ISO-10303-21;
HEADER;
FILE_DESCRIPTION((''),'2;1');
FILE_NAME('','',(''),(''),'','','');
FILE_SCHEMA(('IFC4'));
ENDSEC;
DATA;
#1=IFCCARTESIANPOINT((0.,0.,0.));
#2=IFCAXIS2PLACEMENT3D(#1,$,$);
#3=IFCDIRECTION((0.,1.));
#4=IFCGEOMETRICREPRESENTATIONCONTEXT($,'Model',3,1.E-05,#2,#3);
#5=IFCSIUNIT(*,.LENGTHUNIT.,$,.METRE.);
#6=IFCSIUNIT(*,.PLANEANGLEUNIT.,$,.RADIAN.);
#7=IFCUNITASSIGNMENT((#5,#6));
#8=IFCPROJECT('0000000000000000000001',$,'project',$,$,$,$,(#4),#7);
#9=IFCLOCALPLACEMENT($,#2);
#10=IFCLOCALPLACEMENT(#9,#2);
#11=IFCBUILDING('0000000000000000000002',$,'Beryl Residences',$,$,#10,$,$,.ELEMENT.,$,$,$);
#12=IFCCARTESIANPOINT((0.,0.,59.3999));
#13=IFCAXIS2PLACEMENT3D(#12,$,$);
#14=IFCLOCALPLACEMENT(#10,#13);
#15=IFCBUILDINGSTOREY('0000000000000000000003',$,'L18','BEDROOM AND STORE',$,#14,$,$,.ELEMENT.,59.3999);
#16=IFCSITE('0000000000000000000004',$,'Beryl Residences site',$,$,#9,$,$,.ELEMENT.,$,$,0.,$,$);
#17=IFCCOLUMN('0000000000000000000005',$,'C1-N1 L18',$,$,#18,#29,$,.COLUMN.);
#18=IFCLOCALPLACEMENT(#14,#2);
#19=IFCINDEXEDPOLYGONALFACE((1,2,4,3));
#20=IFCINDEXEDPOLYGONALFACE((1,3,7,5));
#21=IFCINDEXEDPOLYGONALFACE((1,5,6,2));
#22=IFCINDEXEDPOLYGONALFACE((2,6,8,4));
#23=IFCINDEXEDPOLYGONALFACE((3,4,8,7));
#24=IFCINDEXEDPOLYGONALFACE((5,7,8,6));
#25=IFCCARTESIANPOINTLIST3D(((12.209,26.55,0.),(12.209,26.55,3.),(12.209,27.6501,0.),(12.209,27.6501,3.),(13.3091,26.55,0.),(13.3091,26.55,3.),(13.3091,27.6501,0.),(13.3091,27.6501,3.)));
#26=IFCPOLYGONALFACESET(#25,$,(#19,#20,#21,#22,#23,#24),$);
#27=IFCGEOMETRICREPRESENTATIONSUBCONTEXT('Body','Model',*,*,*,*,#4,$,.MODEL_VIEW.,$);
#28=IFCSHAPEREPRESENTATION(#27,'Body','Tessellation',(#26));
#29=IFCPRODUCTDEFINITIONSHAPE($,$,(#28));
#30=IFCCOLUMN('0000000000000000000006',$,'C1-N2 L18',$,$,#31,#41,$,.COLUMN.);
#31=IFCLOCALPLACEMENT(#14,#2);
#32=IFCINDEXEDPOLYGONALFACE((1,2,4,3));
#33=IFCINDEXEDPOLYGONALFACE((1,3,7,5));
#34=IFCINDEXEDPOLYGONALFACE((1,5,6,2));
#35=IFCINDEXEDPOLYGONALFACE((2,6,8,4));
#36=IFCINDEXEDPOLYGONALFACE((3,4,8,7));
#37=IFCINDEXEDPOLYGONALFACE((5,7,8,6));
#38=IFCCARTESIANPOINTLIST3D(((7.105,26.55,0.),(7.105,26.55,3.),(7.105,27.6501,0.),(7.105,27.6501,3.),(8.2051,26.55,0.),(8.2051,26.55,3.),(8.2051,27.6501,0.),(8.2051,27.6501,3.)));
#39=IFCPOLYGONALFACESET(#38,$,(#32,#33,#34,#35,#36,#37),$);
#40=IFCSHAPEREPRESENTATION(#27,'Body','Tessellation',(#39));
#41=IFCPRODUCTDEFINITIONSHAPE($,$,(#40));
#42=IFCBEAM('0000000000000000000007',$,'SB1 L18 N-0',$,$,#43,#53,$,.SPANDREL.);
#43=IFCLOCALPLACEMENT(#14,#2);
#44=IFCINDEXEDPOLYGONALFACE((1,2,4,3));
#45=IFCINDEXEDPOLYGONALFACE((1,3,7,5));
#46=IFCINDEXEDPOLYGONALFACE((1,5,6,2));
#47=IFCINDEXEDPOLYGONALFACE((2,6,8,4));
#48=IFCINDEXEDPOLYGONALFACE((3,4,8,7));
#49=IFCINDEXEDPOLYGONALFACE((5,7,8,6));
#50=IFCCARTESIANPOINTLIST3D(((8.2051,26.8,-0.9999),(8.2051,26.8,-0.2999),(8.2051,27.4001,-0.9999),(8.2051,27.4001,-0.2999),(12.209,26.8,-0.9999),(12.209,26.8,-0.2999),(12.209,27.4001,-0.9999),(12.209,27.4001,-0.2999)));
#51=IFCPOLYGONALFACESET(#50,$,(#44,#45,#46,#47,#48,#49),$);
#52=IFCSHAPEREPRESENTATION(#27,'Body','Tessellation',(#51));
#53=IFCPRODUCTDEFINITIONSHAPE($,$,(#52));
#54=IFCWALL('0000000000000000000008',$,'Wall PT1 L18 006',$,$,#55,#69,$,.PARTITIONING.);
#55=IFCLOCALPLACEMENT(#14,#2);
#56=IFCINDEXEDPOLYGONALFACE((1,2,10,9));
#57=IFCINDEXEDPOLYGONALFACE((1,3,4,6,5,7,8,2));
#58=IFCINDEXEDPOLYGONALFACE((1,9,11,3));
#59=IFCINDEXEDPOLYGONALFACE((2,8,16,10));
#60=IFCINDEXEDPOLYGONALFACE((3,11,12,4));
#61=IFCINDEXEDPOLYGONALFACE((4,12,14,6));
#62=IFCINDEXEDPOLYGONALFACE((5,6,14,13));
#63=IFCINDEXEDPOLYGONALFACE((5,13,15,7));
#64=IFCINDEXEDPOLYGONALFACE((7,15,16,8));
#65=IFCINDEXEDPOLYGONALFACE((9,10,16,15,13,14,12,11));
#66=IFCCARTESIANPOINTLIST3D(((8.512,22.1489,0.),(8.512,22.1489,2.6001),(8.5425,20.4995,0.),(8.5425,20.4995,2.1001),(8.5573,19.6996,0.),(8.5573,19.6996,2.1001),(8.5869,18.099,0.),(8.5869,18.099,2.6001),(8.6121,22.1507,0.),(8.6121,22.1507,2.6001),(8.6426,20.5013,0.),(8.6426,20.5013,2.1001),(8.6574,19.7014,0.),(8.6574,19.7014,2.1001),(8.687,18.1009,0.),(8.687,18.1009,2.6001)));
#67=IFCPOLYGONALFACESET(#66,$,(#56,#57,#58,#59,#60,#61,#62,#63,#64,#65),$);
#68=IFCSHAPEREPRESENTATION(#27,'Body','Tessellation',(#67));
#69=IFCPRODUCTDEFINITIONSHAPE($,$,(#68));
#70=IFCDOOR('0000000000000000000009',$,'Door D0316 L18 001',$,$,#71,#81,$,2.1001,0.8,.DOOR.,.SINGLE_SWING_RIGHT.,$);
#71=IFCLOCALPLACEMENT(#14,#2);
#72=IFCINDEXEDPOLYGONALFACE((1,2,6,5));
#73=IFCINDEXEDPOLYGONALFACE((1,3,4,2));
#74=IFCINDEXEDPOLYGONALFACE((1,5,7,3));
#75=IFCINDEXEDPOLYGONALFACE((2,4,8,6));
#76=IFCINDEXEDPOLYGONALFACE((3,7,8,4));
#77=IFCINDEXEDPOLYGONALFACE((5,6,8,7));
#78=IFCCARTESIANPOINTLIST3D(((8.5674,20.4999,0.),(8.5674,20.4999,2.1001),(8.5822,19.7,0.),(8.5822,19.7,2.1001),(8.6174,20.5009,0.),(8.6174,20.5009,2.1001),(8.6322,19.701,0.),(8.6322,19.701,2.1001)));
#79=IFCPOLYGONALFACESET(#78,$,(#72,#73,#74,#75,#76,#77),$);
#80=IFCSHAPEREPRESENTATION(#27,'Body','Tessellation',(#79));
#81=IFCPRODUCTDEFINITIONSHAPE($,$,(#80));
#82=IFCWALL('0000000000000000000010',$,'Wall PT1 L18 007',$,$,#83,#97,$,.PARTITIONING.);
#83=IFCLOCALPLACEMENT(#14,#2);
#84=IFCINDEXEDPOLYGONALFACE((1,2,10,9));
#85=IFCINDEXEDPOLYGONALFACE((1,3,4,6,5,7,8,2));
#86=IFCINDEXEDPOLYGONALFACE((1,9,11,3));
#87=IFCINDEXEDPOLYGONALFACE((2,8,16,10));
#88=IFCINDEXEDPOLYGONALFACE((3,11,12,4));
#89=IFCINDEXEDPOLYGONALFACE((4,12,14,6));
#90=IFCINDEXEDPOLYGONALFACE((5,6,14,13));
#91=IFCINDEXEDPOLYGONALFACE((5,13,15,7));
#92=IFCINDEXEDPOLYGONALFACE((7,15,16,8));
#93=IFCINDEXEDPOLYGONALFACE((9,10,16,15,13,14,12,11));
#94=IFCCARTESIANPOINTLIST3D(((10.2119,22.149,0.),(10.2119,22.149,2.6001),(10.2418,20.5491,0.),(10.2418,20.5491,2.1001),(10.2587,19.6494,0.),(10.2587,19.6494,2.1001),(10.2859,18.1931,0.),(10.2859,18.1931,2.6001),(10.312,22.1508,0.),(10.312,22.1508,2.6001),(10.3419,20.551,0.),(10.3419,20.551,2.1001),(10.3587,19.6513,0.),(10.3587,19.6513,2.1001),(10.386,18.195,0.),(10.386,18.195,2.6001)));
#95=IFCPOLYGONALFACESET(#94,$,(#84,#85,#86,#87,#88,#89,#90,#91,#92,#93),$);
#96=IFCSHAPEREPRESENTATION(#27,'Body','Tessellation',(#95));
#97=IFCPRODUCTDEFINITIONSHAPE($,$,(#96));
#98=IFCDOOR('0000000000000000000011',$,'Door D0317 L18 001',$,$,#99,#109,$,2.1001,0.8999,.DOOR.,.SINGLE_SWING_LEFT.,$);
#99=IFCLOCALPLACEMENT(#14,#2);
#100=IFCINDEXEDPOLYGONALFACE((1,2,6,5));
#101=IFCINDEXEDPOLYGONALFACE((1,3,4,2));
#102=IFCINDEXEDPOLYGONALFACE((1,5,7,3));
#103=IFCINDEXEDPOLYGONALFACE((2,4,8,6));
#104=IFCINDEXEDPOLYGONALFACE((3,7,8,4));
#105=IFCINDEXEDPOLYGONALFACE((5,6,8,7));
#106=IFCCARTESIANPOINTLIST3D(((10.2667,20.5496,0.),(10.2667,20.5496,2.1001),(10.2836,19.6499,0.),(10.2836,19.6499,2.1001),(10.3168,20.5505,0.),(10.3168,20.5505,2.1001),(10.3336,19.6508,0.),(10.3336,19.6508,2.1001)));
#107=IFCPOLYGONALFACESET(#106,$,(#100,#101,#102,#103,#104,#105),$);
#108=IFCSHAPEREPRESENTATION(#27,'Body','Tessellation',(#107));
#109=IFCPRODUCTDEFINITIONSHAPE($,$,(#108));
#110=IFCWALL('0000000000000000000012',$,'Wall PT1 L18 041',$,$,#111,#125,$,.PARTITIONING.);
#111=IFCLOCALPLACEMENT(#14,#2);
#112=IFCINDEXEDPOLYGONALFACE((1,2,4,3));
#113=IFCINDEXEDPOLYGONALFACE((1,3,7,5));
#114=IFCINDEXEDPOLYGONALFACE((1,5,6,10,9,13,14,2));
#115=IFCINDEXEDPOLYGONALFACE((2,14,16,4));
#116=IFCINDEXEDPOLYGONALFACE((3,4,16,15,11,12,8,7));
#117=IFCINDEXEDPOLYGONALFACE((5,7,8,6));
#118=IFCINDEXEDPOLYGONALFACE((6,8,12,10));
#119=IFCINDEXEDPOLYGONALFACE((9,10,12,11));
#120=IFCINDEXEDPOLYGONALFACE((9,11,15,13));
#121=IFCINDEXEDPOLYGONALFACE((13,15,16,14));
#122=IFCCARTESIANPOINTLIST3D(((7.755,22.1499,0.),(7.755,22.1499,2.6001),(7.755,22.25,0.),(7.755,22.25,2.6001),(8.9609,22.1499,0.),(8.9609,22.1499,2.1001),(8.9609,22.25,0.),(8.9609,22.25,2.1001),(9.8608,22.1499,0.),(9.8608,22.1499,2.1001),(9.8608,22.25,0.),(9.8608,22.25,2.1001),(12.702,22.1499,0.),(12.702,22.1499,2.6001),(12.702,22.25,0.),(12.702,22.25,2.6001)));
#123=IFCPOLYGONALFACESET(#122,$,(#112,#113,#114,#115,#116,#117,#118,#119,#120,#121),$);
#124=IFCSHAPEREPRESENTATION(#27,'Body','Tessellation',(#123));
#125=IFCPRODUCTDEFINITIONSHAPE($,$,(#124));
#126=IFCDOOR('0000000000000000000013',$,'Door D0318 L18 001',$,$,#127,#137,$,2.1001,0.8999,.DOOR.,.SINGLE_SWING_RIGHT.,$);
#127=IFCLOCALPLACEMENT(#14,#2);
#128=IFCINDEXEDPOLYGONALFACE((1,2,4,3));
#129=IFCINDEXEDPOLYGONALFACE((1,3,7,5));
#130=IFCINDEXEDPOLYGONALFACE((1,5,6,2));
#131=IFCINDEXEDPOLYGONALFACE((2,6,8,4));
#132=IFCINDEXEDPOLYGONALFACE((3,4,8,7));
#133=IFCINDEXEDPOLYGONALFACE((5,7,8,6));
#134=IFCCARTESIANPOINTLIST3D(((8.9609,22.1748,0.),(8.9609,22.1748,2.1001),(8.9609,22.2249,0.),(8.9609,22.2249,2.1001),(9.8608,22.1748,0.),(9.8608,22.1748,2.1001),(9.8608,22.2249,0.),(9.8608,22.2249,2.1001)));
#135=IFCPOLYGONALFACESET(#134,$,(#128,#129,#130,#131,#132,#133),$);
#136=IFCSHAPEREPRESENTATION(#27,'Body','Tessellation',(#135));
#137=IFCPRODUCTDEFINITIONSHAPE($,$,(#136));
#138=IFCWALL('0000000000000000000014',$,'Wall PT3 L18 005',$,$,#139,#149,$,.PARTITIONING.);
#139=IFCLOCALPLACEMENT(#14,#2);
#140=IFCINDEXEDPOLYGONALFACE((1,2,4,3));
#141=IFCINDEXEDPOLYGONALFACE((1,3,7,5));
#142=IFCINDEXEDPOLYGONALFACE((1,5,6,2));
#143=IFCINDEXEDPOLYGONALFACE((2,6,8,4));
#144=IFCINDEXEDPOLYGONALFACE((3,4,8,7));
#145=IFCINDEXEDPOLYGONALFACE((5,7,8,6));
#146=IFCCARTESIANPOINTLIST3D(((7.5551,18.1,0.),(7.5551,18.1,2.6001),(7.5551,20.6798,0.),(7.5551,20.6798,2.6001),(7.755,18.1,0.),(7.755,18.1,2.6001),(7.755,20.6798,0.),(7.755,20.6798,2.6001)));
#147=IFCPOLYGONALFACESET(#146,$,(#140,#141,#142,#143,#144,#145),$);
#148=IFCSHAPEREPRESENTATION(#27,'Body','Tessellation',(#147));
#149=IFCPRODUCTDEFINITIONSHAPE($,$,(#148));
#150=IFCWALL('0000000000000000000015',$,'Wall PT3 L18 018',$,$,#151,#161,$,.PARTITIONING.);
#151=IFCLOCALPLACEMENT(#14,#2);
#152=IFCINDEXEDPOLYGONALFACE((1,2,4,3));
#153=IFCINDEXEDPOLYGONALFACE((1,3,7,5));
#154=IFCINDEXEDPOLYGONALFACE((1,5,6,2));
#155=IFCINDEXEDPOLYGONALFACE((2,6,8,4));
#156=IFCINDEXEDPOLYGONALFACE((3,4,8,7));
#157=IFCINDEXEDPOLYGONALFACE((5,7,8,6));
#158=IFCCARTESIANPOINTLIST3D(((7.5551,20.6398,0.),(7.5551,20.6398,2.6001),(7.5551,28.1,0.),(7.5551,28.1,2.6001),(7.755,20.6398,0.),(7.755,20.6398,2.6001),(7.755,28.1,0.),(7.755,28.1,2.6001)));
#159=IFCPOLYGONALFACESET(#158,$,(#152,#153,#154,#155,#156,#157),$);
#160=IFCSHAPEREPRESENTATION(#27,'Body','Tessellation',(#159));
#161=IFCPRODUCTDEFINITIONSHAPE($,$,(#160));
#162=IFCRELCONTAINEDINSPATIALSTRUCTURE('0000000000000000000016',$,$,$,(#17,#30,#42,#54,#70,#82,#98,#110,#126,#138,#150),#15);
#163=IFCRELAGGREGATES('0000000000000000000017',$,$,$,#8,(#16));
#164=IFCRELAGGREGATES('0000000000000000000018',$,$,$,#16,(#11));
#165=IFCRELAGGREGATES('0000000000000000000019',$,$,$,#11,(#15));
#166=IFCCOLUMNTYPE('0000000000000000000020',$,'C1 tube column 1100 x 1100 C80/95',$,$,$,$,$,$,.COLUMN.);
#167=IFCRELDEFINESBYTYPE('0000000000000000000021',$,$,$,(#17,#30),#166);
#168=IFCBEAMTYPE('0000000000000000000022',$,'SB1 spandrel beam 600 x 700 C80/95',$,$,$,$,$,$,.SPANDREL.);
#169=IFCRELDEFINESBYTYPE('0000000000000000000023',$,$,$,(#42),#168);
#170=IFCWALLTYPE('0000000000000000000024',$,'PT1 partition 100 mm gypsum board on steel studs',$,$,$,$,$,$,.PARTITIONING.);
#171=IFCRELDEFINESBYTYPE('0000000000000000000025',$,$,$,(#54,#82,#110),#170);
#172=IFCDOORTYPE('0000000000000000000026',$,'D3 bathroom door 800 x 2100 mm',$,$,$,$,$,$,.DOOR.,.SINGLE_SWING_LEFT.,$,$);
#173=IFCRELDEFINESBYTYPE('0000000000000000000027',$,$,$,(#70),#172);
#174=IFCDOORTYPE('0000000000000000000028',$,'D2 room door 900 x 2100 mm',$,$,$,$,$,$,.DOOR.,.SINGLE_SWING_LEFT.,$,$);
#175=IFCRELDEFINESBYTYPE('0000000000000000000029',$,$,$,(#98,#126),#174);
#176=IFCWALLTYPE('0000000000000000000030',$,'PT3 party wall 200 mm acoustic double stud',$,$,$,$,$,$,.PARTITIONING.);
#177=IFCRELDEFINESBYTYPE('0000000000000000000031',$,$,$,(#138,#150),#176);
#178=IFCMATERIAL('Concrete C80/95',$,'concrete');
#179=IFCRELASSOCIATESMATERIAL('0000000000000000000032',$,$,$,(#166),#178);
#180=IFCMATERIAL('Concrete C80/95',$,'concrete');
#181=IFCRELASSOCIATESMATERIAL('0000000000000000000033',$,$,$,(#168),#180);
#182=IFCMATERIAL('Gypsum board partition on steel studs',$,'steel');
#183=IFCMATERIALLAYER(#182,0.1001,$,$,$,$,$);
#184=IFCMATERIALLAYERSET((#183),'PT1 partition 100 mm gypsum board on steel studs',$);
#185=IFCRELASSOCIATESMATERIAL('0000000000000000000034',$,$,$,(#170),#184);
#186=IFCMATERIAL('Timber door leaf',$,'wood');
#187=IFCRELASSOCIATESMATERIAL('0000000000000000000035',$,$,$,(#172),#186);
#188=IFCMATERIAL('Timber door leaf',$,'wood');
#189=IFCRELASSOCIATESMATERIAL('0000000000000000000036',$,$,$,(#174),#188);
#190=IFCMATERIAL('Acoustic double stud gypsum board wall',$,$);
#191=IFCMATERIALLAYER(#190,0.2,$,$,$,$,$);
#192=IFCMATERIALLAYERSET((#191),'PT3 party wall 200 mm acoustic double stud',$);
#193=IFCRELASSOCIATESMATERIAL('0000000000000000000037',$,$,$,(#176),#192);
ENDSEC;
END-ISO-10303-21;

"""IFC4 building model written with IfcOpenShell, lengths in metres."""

from ifc_helpers import new_model, si_unit, direction, frame, frame_2d, origin, origin_2d, place, context, subcontext, project, spatial, rectangle, extrude, material, layer, layer_set, material_profile, profile_set, type_object, element, fill, save


model = new_model("IFC4")

# Units and contexts
model_context = context("Model", 3, precision=1e-05, world=origin(), true_north=direction((0.0, 1.0)))
body_context = subcontext(model_context, "Body", "Model", "MODEL_VIEW")
ifc_project = project(units=[si_unit("LENGTHUNIT", "METRE"), si_unit("PLANEANGLEUNIT", "RADIAN")], contexts=[model_context])

# Site, building, storey
site_placement = place(None, origin())
site = spatial("IfcSite", under=ifc_project, at=site_placement, Name="Beryl Residences site", CompositionType="ELEMENT", RefElevation=0.0)
building_placement = place(site_placement, origin())
building = spatial("IfcBuilding", under=site, at=building_placement, Name="Beryl Residences", CompositionType="ELEMENT")
storey_placement = place(building_placement, frame((0.0, 0.0, 59.3999)))
storey = spatial("IfcBuildingStorey", under=building, at=storey_placement, Name="L18", Description="BEDROOM AND STORE", CompositionType="ELEMENT", Elevation=59.3999)

# Columns
ifc_material_1 = material(Name="Concrete C80/95", Category="concrete")
ifc_material_profile_1 = material_profile(ifc_material_1, rectangle(XDim=1.1001, YDim=1.1001, at=origin_2d()))
ifc_profile_set_1 = profile_set([ifc_material_profile_1], Name="Concrete C80/95")
column_type = type_object("IfcColumnType", Name="C1 tube column 1100 x 1100 C80/95", PredefinedType="COLUMN", material=ifc_profile_set_1)
for number, where, z_axis, x_axis, name in (
    (1, (12.759, 27.1001, 0.0), (0.0, 0.0, 1.0), (-1.0, 0.0, 0.0), "C1-N1 L18"),
    (2, (7.655, 27.1001, 0.0), (0.0, 0.0, 1.0), (-1.0, 0.0, 0.0), "C1-N2 L18"),
):
    element("IfcColumn", number, at=place(storey_placement, frame(where, z_axis=z_axis, x_axis=x_axis)), inside=storey, type_object=column_type, Name=name, PredefinedType="COLUMN", context=body_context, shape_type="SweptSolid", body=[
        extrude(rectangle(XDim=1.1001, YDim=1.1001, at=origin_2d()), origin(), (0.0, 0.0, 1.0), 3.0),
    ])

# Beam
ifc_material_2 = material(Name="Concrete C80/95", Category="concrete")
ifc_material_profile_2 = material_profile(ifc_material_2, rectangle(XDim=0.6001, YDim=0.7, at=origin_2d()))
ifc_profile_set_2 = profile_set([ifc_material_profile_2], Name="Concrete C80/95")
beam_type = type_object("IfcBeamType", Name="SB1 spandrel beam 600 x 700 C80/95", PredefinedType="SPANDREL", material=ifc_profile_set_2)
beam_placement = place(storey_placement, frame((12.209, 27.1001, -0.6499), z_axis=(-1.0, 0.0, 0.0), x_axis=(0.0, -1.0, 0.0)))
element("IfcBeam", 3, at=beam_placement, inside=storey, type_object=beam_type, Name="SB1 L18 N-0", PredefinedType="SPANDREL", context=body_context, shape_type="SweptSolid", body=[
    extrude(rectangle(XDim=0.6001, YDim=0.7, at=origin_2d()), origin(), (0.0, 0.0, 1.0), 4.0039),
])

# Walls, openings, doors
ifc_material_3 = material(Name="Gypsum board partition on steel studs", Category="steel")
ifc_layer_1 = layer(ifc_material_3, 0.1001)
ifc_layer_set_1 = layer_set([ifc_layer_1], Name="PT1 partition 100 mm gypsum board on steel studs")
wall_type_1 = type_object("IfcWallType", Name="PT1 partition 100 mm gypsum board on steel studs", PredefinedType="PARTITIONING", material=ifc_layer_set_1)
wall_1_placement = place(storey_placement, frame((8.562, 22.1499, 0.0), z_axis=(0.0, 0.0, 1.0), x_axis=(0.018504, -0.999829, 0.0)))
wall_1 = element("IfcWall", 4, at=wall_1_placement, inside=storey, type_object=wall_type_1, Name="Wall PT1 L18 006", PredefinedType="PARTITIONING", context=body_context, shape_type="SweptSolid", body=[
    extrude(rectangle(XDim=4.0505, YDim=0.1001, at=frame_2d((2.0254, 0.0))), origin(), (0.0, 0.0, 1.0), 2.6001),
])
opening_1_placement = place(wall_1_placement, frame((1.6499, 0.0, 0.0)))
opening_1 = element("IfcOpeningElement", 5, at=opening_1_placement, cuts=wall_1, PredefinedType="OPENING", context=body_context, shape_type="SweptSolid", body=[
    extrude(rectangle(XDim=0.8, YDim=2.1001, at=frame_2d((0.3999, 1.05))), frame((0.0, 0.0601, 0.0), z_axis=(0.0, -1.0, 0.0), x_axis=(1.0, 0.0, 0.0)), (0.0, 0.0, 1.0), 0.1201),
])
ifc_material_4 = material(Name="Timber door leaf", Category="wood")
door_type_1 = type_object("IfcDoorType", Name="D3 bathroom door 800 x 2100 mm", OperationType="SINGLE_SWING_LEFT", PredefinedType="DOOR", material=ifc_material_4)
door_1_placement = place(opening_1_placement, origin())
door_1 = element("IfcDoor", 6, at=door_1_placement, inside=storey, type_object=door_type_1, Name="Door D0316 L18 001", OperationType="SINGLE_SWING_RIGHT", OverallHeight=2.1001, OverallWidth=0.8, PredefinedType="DOOR", context=body_context, shape_type="SweptSolid", body=[
    extrude(rectangle(XDim=0.8, YDim=2.1001, at=frame_2d((0.3999, 1.05))), frame((0.0, 0.0249, 0.0), z_axis=(0.0, -1.0, 0.0), x_axis=(1.0, 0.0, 0.0)), (0.0, 0.0, 1.0), 0.05),
])
fill(opening_1, door_1)
wall_2_placement = place(storey_placement, frame((10.262, 22.1499, 0.0), z_axis=(0.0, 0.0, 1.0), x_axis=(0.018697, -0.999825, 0.0)))
wall_2 = element("IfcWall", 7, at=wall_2_placement, inside=storey, type_object=wall_type_1, Name="Wall PT1 L18 007", PredefinedType="PARTITIONING", context=body_context, shape_type="SweptSolid", body=[
    extrude(rectangle(XDim=3.9565, YDim=0.1001, at=frame_2d((1.9783, 0.0))), origin(), (0.0, 0.0, 1.0), 2.6001),
])
opening_2_placement = place(wall_2_placement, frame((1.6001, 0.0, 0.0)))
opening_2 = element("IfcOpeningElement", 8, at=opening_2_placement, cuts=wall_2, PredefinedType="OPENING", context=body_context, shape_type="SweptSolid", body=[
    extrude(rectangle(XDim=0.8999, YDim=2.1001, at=frame_2d((0.45, 1.05))), frame((0.0, 0.0601, 0.0), z_axis=(0.0, -1.0, 0.0), x_axis=(1.0, 0.0, 0.0)), (0.0, 0.0, 1.0), 0.1201),
])
ifc_material_5 = material(Name="Timber door leaf", Category="wood")
door_type_2 = type_object("IfcDoorType", Name="D2 room door 900 x 2100 mm", OperationType="SINGLE_SWING_LEFT", PredefinedType="DOOR", material=ifc_material_5)
door_2_placement = place(opening_2_placement, origin())
door_2 = element("IfcDoor", 9, at=door_2_placement, inside=storey, type_object=door_type_2, Name="Door D0317 L18 001", OperationType="SINGLE_SWING_LEFT", OverallHeight=2.1001, OverallWidth=0.8999, PredefinedType="DOOR", context=body_context, shape_type="SweptSolid", body=[
    extrude(rectangle(XDim=0.8999, YDim=2.1001, at=frame_2d((0.45, 1.05))), frame((0.0, 0.0249, 0.0), z_axis=(0.0, -1.0, 0.0), x_axis=(1.0, 0.0, 0.0)), (0.0, 0.0, 1.0), 0.05),
])
fill(opening_2, door_2)
wall_3_placement = place(storey_placement, frame((7.7549, 22.2, 0.0), z_axis=(0.0, 0.0, 1.0), x_axis=(1.0, 0.0, 0.0)))
wall_3 = element("IfcWall", 10, at=wall_3_placement, inside=storey, type_object=wall_type_1, Name="Wall PT1 L18 041", PredefinedType="PARTITIONING", context=body_context, shape_type="SweptSolid", body=[
    extrude(rectangle(XDim=4.947, YDim=0.1001, at=frame_2d((2.4736, 0.0))), origin(), (0.0, 0.0, 1.0), 2.6001),
])
opening_3_placement = place(wall_3_placement, frame((1.2061, 0.0, 0.0)))
opening_3 = element("IfcOpeningElement", 11, at=opening_3_placement, cuts=wall_3, PredefinedType="OPENING", context=body_context, shape_type="SweptSolid", body=[
    extrude(rectangle(XDim=0.8999, YDim=2.1001, at=frame_2d((0.45, 1.05))), frame((0.0, 0.0601, 0.0), z_axis=(0.0, -1.0, 0.0), x_axis=(1.0, 0.0, 0.0)), (0.0, 0.0, 1.0), 0.1201),
])
door_3_placement = place(opening_3_placement, origin())
door_3 = element("IfcDoor", 12, at=door_3_placement, inside=storey, type_object=door_type_2, Name="Door D0318 L18 001", OperationType="SINGLE_SWING_RIGHT", OverallHeight=2.1001, OverallWidth=0.8999, PredefinedType="DOOR", context=body_context, shape_type="SweptSolid", body=[
    extrude(rectangle(XDim=0.8999, YDim=2.1001, at=frame_2d((0.45, 1.05))), frame((0.0, 0.0249, 0.0), z_axis=(0.0, -1.0, 0.0), x_axis=(1.0, 0.0, 0.0)), (0.0, 0.0, 1.0), 0.05),
])
fill(opening_3, door_3)

# Walls
ifc_material_6 = material(Name="Acoustic double stud gypsum board wall")
ifc_layer_2 = layer(ifc_material_6, 0.2)
ifc_layer_set_2 = layer_set([ifc_layer_2], Name="PT3 party wall 200 mm acoustic double stud")
wall_type_2 = type_object("IfcWallType", Name="PT3 party wall 200 mm acoustic double stud", PredefinedType="PARTITIONING", material=ifc_layer_set_2)
wall_4_placement = place(storey_placement, frame((7.655, 20.6799, 0.0), z_axis=(0.0, 0.0, 1.0), x_axis=(0.0, -1.0, 0.0)))
element("IfcWall", 13, at=wall_4_placement, inside=storey, type_object=wall_type_2, Name="Wall PT3 L18 005", PredefinedType="PARTITIONING", context=body_context, shape_type="SweptSolid", body=[
    extrude(rectangle(XDim=2.5798, YDim=0.2, at=frame_2d((1.29, 0.0))), origin(), (0.0, 0.0, 1.0), 2.6001),
])
wall_5_placement = place(storey_placement, frame((7.655, 20.6399, 0.0), z_axis=(0.0, 0.0, 1.0), x_axis=(0.0, 1.0, 0.0)))
element("IfcWall", 14, at=wall_5_placement, inside=storey, type_object=wall_type_2, Name="Wall PT3 L18 018", PredefinedType="PARTITIONING", context=body_context, shape_type="SweptSolid", body=[
    extrude(rectangle(XDim=7.4602, YDim=0.2, at=frame_2d((3.73, 0.0))), origin(), (0.0, 0.0, 1.0), 2.6001),
])

save(model, "model.ifc")
